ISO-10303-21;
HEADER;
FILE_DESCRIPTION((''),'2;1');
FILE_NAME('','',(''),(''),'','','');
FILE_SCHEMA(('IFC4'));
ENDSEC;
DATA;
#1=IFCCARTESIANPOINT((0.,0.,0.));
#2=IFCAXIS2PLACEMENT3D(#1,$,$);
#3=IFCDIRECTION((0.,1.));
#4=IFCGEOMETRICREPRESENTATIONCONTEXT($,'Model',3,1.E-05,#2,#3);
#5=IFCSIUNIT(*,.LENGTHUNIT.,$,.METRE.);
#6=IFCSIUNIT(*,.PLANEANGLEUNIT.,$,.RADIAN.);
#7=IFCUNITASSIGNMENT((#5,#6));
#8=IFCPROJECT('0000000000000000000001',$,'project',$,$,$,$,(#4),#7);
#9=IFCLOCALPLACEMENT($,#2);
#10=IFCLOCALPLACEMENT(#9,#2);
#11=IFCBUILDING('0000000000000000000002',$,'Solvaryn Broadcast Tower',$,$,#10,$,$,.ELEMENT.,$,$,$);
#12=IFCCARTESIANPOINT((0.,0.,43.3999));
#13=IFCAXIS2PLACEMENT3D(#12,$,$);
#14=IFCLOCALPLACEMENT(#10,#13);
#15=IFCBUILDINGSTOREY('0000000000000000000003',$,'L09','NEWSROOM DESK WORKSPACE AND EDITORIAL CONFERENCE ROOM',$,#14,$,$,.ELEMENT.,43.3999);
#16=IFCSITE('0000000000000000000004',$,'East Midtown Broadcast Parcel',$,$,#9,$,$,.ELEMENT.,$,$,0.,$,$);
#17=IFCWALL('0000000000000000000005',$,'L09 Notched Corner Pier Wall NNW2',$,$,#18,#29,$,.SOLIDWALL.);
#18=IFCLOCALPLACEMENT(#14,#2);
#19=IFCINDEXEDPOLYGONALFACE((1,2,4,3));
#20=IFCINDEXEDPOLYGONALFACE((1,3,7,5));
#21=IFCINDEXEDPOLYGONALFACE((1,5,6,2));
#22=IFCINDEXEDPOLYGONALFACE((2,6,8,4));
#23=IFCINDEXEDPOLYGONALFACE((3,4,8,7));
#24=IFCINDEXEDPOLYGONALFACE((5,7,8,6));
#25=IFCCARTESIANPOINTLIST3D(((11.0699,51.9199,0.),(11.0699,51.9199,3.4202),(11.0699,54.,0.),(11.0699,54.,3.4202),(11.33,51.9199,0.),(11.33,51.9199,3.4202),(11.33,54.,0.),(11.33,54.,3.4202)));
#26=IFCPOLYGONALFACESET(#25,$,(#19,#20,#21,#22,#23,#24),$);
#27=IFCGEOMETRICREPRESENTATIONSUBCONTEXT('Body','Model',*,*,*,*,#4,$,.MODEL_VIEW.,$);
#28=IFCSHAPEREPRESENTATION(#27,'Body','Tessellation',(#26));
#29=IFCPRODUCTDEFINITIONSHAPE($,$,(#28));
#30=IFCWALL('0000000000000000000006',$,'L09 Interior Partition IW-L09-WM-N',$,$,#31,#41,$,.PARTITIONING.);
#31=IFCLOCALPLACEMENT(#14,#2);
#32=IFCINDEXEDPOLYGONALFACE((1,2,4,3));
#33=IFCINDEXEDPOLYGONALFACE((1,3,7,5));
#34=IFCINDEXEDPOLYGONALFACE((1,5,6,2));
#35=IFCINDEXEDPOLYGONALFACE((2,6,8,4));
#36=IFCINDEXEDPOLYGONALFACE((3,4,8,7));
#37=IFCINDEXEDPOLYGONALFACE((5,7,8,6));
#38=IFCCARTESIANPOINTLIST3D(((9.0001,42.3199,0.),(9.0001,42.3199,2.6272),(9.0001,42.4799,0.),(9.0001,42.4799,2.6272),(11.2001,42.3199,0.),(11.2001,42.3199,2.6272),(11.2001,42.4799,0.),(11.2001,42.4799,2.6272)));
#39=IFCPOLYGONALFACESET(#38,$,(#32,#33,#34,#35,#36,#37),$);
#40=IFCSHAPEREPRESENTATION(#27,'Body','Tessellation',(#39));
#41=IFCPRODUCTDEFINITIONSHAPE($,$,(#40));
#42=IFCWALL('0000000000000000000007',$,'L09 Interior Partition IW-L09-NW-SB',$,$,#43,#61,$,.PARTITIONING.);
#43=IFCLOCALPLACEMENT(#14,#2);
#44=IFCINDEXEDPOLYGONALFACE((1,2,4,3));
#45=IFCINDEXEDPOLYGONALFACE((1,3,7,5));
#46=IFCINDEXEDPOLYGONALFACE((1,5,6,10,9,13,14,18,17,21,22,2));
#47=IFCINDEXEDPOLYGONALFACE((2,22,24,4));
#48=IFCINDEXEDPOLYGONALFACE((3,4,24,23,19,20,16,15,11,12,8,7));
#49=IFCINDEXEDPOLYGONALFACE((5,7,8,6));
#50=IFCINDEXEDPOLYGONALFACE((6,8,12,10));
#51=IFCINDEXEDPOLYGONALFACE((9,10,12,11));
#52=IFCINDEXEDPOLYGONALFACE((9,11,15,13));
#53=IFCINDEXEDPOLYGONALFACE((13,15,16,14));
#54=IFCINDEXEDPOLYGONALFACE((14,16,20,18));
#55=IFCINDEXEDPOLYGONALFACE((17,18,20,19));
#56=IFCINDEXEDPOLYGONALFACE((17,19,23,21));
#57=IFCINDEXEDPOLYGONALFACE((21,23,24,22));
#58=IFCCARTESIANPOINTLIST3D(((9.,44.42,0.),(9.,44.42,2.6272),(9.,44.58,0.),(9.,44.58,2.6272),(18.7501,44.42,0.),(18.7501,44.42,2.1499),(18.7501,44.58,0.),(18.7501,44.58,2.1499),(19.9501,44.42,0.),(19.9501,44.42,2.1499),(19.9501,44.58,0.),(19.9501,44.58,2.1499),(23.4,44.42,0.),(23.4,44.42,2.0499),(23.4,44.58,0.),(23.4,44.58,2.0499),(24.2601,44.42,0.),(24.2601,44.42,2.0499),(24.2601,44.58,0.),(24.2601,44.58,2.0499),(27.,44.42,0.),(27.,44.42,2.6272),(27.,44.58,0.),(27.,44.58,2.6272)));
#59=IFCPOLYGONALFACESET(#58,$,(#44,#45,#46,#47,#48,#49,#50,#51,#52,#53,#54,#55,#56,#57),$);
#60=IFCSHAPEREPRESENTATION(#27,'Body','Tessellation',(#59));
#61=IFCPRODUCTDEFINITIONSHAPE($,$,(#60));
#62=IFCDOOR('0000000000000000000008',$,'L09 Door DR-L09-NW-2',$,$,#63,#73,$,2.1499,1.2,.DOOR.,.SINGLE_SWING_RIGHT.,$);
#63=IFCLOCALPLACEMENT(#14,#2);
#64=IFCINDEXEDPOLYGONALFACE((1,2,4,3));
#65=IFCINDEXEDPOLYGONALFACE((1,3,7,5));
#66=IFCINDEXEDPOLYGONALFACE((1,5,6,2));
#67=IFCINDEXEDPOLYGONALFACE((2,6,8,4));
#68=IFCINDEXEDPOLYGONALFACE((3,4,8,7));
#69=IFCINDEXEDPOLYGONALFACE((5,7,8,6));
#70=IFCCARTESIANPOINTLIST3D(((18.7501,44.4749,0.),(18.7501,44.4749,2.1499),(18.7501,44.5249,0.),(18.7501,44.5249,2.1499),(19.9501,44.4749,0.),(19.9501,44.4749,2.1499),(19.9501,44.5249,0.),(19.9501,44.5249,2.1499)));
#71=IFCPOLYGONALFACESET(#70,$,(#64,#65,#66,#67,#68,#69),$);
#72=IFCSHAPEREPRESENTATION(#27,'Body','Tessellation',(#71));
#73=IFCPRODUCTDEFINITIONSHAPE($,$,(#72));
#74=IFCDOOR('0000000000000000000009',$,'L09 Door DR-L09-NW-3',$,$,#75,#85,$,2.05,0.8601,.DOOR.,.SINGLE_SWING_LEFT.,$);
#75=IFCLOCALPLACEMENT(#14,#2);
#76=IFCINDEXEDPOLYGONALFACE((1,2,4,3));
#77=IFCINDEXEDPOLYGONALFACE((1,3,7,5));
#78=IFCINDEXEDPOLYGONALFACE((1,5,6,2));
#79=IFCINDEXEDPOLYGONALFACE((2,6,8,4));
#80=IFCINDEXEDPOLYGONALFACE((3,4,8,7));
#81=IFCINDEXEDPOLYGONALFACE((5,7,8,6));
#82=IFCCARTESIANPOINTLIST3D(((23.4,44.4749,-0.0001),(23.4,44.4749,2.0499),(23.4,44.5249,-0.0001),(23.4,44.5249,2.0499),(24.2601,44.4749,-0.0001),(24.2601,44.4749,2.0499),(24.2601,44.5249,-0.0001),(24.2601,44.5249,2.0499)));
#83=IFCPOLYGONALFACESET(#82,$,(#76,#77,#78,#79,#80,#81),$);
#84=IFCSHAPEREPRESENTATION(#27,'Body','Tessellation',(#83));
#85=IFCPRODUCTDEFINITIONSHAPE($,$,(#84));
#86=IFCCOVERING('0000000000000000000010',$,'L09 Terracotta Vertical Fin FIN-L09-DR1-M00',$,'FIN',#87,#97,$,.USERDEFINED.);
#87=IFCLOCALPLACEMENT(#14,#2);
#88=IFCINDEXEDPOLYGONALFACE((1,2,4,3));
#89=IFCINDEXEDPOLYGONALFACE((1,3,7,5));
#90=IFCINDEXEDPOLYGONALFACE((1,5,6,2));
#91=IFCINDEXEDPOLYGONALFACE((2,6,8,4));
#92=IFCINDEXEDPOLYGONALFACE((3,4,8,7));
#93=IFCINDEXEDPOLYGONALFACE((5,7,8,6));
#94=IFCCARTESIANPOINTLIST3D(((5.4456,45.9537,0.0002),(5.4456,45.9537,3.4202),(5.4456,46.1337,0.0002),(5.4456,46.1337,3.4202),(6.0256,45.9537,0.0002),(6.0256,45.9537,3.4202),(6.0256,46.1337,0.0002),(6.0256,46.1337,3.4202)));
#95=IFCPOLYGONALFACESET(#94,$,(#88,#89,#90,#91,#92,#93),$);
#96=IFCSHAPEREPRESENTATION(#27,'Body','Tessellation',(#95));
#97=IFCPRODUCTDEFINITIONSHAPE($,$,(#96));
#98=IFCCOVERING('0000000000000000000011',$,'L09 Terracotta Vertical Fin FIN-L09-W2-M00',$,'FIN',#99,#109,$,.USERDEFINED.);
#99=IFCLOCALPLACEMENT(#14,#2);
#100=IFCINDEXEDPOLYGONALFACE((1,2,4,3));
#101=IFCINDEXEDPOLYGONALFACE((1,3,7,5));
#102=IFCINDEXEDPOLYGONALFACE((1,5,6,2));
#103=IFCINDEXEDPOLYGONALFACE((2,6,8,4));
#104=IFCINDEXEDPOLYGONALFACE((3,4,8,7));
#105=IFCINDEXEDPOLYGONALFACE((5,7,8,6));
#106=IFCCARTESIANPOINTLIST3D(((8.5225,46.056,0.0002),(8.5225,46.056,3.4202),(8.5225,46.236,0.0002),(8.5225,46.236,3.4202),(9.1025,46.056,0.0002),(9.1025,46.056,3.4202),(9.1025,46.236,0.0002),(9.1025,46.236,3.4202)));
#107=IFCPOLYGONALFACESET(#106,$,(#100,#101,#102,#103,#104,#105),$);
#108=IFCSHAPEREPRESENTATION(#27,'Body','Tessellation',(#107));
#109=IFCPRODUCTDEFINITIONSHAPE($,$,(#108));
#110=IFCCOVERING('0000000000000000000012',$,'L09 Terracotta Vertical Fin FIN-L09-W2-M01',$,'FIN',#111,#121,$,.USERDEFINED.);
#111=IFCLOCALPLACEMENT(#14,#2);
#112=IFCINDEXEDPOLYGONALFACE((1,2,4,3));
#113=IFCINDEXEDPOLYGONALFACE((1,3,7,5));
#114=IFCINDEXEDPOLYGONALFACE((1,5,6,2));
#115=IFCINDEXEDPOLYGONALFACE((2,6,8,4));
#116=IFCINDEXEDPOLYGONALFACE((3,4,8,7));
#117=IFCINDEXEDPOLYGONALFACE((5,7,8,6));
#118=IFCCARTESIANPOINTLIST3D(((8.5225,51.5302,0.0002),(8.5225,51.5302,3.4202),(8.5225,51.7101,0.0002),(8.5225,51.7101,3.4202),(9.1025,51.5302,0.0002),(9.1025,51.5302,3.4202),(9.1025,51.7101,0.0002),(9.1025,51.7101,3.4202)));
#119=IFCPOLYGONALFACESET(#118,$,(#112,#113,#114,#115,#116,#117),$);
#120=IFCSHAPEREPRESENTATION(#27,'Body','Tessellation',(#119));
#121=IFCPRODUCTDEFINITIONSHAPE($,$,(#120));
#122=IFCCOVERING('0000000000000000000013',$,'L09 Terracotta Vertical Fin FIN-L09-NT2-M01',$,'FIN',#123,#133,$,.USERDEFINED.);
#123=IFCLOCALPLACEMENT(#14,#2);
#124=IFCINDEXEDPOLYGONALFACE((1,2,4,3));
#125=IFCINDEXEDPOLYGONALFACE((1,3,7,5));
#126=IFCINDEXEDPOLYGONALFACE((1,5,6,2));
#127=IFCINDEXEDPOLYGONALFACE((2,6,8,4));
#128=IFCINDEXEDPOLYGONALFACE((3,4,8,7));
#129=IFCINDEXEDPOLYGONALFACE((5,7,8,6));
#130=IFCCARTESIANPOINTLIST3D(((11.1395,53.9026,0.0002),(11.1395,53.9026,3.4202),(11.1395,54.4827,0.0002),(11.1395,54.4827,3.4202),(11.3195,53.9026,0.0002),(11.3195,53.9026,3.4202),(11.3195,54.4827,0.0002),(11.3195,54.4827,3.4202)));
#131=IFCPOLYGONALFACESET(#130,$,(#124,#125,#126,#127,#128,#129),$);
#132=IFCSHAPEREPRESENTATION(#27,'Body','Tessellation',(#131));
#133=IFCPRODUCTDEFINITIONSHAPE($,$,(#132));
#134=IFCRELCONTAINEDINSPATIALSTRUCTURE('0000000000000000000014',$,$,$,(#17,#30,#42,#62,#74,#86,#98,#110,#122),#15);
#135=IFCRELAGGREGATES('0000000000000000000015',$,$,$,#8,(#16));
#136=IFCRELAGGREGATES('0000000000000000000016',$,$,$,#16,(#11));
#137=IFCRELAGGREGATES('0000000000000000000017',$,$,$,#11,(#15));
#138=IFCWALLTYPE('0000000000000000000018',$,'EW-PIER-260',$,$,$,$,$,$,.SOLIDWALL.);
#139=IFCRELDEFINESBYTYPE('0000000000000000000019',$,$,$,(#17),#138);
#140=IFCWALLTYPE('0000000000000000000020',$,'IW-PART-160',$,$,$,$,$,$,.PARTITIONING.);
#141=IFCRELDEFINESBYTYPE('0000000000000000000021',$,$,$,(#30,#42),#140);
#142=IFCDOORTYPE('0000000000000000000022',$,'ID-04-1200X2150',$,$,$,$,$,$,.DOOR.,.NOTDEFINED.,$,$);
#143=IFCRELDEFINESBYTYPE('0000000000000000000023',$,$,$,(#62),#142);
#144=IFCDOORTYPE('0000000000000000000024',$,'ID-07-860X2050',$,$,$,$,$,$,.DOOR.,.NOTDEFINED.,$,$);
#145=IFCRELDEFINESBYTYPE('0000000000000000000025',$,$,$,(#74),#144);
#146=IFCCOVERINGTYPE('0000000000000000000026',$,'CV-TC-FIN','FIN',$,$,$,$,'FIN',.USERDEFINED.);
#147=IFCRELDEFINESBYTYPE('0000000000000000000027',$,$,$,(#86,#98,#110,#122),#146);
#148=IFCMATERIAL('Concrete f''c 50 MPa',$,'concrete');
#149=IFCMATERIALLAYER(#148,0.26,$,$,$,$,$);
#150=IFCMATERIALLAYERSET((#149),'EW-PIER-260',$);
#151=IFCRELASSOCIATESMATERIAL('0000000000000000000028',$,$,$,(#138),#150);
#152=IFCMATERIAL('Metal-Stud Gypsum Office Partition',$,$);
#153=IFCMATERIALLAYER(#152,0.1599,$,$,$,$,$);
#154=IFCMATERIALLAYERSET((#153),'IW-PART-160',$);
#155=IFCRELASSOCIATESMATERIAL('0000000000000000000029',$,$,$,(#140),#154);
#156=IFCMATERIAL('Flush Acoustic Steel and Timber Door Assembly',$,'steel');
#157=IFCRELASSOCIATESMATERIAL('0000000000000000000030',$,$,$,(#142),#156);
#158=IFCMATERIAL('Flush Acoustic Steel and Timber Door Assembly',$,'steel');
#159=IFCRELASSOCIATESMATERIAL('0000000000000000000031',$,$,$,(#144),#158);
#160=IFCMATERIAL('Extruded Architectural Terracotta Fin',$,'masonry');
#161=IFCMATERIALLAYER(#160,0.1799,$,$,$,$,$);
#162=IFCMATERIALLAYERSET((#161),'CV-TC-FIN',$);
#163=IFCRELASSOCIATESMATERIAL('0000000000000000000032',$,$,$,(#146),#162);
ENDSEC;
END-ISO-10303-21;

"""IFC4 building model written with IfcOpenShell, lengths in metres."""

from ifc_helpers import new_model, si_unit, direction, frame, frame_2d, origin, origin_2d, place, context, subcontext, project, spatial, rectangle, extrude, material, layer, layer_set, type_object, element, fill, save


model = new_model("IFC4")

# Units and contexts
model_context = context("Model", 3, precision=1e-05, world=origin(), true_north=direction((0.0, 1.0)))
body_context = subcontext(model_context, "Body", "Model", "MODEL_VIEW")
ifc_project = project(units=[si_unit("LENGTHUNIT", "METRE"), si_unit("PLANEANGLEUNIT", "RADIAN")], contexts=[model_context])

# Site, building, storey
site_placement = place(None, origin())
site = spatial("IfcSite", under=ifc_project, at=site_placement, Name="East Midtown Broadcast Parcel", CompositionType="ELEMENT", RefElevation=0.0)
building_placement = place(site_placement, origin())
building = spatial("IfcBuilding", under=site, at=building_placement, Name="Solvaryn Broadcast Tower", CompositionType="ELEMENT")
storey_placement = place(building_placement, frame((0.0, 0.0, 43.3999)))
storey = spatial("IfcBuildingStorey", under=building, at=storey_placement, Name="L09", Description="NEWSROOM DESK WORKSPACE AND EDITORIAL CONFERENCE ROOM", CompositionType="ELEMENT", Elevation=43.3999)

# Walls
ifc_material_1 = material(Name="Concrete f'c 50 MPa", Category="concrete")
ifc_layer_1 = layer(ifc_material_1, 0.26)
ifc_layer_set_1 = layer_set([ifc_layer_1], Name="EW-PIER-260")
wall_type_1 = type_object("IfcWallType", Name="EW-PIER-260", PredefinedType="SOLIDWALL", material=ifc_layer_set_1)
wall_1_placement = place(storey_placement, frame((11.2, 51.9199, 0.0), z_axis=(0.0, 0.0, 1.0), x_axis=(0.0, 1.0, 0.0)))
element("IfcWall", 1, at=wall_1_placement, inside=storey, type_object=wall_type_1, Name="L09 Notched Corner Pier Wall NNW2", PredefinedType="SOLIDWALL", context=body_context, shape_type="SweptSolid", body=[
    extrude(rectangle(XDim=2.0801, YDim=0.26, at=frame_2d((1.04, 0.0))), origin(), (0.0, 0.0, 1.0), 3.4202),
])
ifc_material_2 = material(Name="Metal-Stud Gypsum Office Partition")
ifc_layer_2 = layer(ifc_material_2, 0.1599)
ifc_layer_set_2 = layer_set([ifc_layer_2], Name="IW-PART-160")
wall_type_2 = type_object("IfcWallType", Name="IW-PART-160", PredefinedType="PARTITIONING", material=ifc_layer_set_2)
wall_2_placement = place(storey_placement, frame((9.0, 42.3999, 0.0), z_axis=(0.0, 0.0, 1.0), x_axis=(1.0, 0.0, 0.0)))
element("IfcWall", 2, at=wall_2_placement, inside=storey, type_object=wall_type_2, Name="L09 Interior Partition IW-L09-WM-N", PredefinedType="PARTITIONING", context=body_context, shape_type="SweptSolid", body=[
    extrude(rectangle(XDim=2.2, YDim=0.1599, at=frame_2d((1.1001, 0.0))), origin(), (0.0, 0.0, 1.0), 2.6272),
])

# Wall, openings, doors
wall_3_placement = place(storey_placement, frame((9.0, 44.5, 0.0), z_axis=(0.0, 0.0, 1.0), x_axis=(1.0, 0.0, 0.0)))
wall_3 = element("IfcWall", 3, at=wall_3_placement, inside=storey, type_object=wall_type_2, Name="L09 Interior Partition IW-L09-NW-SB", PredefinedType="PARTITIONING", context=body_context, shape_type="SweptSolid", body=[
    extrude(rectangle(XDim=18.0, YDim=0.1599, at=frame_2d((9.0, 0.0))), origin(), (0.0, 0.0, 1.0), 2.6272),
])
opening_1_placement = place(wall_3_placement, frame((9.75, 0.0, 0.0)))
opening_1 = element("IfcOpeningElement", 4, at=opening_1_placement, cuts=wall_3, PredefinedType="OPENING", context=body_context, shape_type="SweptSolid", body=[
    extrude(rectangle(XDim=1.2, YDim=2.1499, at=frame_2d((0.6001, 1.075))), frame((0.0, 0.0901, 0.0), z_axis=(0.0, -1.0, 0.0), x_axis=(1.0, 0.0, 0.0)), (0.0, 0.0, 1.0), 0.1799),
])
opening_2_placement = place(wall_3_placement, frame((14.3999, 0.0, 0.0)))
opening_2 = element("IfcOpeningElement", 5, at=opening_2_placement, cuts=wall_3, PredefinedType="OPENING", context=body_context, shape_type="SweptSolid", body=[
    extrude(rectangle(XDim=0.8601, YDim=2.05, at=frame_2d((0.4302, 1.0249))), frame((0.0, 0.0901, 0.0), z_axis=(0.0, -1.0, 0.0), x_axis=(1.0, 0.0, 0.0)), (0.0, 0.0, 1.0), 0.1799),
])
ifc_material_3 = material(Name="Flush Acoustic Steel and Timber Door Assembly", Category="steel")
door_type_1 = type_object("IfcDoorType", Name="ID-04-1200X2150", OperationType="NOTDEFINED", PredefinedType="DOOR", material=ifc_material_3)
door_1_placement = place(opening_1_placement, origin())
door_1 = element("IfcDoor", 6, at=door_1_placement, inside=storey, type_object=door_type_1, Name="L09 Door DR-L09-NW-2", OperationType="SINGLE_SWING_RIGHT", OverallHeight=2.1499, OverallWidth=1.2, PredefinedType="DOOR", context=body_context, shape_type="SweptSolid", body=[
    extrude(rectangle(XDim=1.2, YDim=2.1499, at=frame_2d((0.6001, 1.075))), frame((0.0, 0.0249, 0.0), z_axis=(0.0, -1.0, 0.0), x_axis=(1.0, 0.0, 0.0)), (0.0, 0.0, 1.0), 0.05),
])
fill(opening_1, door_1)
ifc_material_4 = material(Name="Flush Acoustic Steel and Timber Door Assembly", Category="steel")
door_type_2 = type_object("IfcDoorType", Name="ID-07-860X2050", OperationType="NOTDEFINED", PredefinedType="DOOR", material=ifc_material_4)
door_2_placement = place(opening_2_placement, origin())
door_2 = element("IfcDoor", 7, at=door_2_placement, inside=storey, type_object=door_type_2, Name="L09 Door DR-L09-NW-3", OperationType="SINGLE_SWING_LEFT", OverallHeight=2.05, OverallWidth=0.8601, PredefinedType="DOOR", context=body_context, shape_type="SweptSolid", body=[
    extrude(rectangle(XDim=0.8601, YDim=2.05, at=frame_2d((0.4302, 1.0249))), frame((0.0, 0.0249, 0.0), z_axis=(0.0, -1.0, 0.0), x_axis=(1.0, 0.0, 0.0)), (0.0, 0.0, 1.0), 0.05),
])
fill(opening_2, door_2)

# Coverings
ifc_material_5 = material(Name="Extruded Architectural Terracotta Fin", Category="masonry")
ifc_layer_3 = layer(ifc_material_5, 0.1799)
ifc_layer_set_3 = layer_set([ifc_layer_3], Name="CV-TC-FIN")
covering_type = type_object("IfcCoveringType", Name="CV-TC-FIN", Description="FIN", ElementType="FIN", PredefinedType="USERDEFINED", material=ifc_layer_set_3)
for number, where, z_axis, x_axis, name in (
    (8, (5.7356, 46.0437, 0.0002), (0.0, 0.0, 1.0), (1.0, 0.0, 0.0), "L09 Terracotta Vertical Fin FIN-L09-DR1-M00"),
    (9, (8.8125, 46.146, 0.0002), (0.0, 0.0, 1.0), (1.0, 0.0, 0.0), "L09 Terracotta Vertical Fin FIN-L09-W2-M00"),
    (10, (8.8125, 51.6201, 0.0002), (0.0, 0.0, 1.0), (1.0, 0.0, 0.0), "L09 Terracotta Vertical Fin FIN-L09-W2-M01"),
):
    element("IfcCovering", number, at=place(storey_placement, frame(where, z_axis=z_axis, x_axis=x_axis)), inside=storey, type_object=covering_type, Name=name, ObjectType="FIN", PredefinedType="USERDEFINED", context=body_context, shape_type="SweptSolid", body=[
        extrude(rectangle(XDim=0.5801, YDim=0.1799, at=origin_2d()), origin(), (0.0, 0.0, 1.0), 3.4199),
    ])
covering_placement = place(storey_placement, frame((11.2295, 54.1926, 0.0002), z_axis=(0.0, 0.0, 1.0), x_axis=(1.0, 0.0, 0.0)))
element("IfcCovering", 11, at=covering_placement, inside=storey, type_object=covering_type, Name="L09 Terracotta Vertical Fin FIN-L09-NT2-M01", ObjectType="FIN", PredefinedType="USERDEFINED", context=body_context, shape_type="SweptSolid", body=[
    extrude(rectangle(XDim=0.1799, YDim=0.5801, at=origin_2d()), origin(), (0.0, 0.0, 1.0), 3.4199),
])

save(model, "model.ifc")
